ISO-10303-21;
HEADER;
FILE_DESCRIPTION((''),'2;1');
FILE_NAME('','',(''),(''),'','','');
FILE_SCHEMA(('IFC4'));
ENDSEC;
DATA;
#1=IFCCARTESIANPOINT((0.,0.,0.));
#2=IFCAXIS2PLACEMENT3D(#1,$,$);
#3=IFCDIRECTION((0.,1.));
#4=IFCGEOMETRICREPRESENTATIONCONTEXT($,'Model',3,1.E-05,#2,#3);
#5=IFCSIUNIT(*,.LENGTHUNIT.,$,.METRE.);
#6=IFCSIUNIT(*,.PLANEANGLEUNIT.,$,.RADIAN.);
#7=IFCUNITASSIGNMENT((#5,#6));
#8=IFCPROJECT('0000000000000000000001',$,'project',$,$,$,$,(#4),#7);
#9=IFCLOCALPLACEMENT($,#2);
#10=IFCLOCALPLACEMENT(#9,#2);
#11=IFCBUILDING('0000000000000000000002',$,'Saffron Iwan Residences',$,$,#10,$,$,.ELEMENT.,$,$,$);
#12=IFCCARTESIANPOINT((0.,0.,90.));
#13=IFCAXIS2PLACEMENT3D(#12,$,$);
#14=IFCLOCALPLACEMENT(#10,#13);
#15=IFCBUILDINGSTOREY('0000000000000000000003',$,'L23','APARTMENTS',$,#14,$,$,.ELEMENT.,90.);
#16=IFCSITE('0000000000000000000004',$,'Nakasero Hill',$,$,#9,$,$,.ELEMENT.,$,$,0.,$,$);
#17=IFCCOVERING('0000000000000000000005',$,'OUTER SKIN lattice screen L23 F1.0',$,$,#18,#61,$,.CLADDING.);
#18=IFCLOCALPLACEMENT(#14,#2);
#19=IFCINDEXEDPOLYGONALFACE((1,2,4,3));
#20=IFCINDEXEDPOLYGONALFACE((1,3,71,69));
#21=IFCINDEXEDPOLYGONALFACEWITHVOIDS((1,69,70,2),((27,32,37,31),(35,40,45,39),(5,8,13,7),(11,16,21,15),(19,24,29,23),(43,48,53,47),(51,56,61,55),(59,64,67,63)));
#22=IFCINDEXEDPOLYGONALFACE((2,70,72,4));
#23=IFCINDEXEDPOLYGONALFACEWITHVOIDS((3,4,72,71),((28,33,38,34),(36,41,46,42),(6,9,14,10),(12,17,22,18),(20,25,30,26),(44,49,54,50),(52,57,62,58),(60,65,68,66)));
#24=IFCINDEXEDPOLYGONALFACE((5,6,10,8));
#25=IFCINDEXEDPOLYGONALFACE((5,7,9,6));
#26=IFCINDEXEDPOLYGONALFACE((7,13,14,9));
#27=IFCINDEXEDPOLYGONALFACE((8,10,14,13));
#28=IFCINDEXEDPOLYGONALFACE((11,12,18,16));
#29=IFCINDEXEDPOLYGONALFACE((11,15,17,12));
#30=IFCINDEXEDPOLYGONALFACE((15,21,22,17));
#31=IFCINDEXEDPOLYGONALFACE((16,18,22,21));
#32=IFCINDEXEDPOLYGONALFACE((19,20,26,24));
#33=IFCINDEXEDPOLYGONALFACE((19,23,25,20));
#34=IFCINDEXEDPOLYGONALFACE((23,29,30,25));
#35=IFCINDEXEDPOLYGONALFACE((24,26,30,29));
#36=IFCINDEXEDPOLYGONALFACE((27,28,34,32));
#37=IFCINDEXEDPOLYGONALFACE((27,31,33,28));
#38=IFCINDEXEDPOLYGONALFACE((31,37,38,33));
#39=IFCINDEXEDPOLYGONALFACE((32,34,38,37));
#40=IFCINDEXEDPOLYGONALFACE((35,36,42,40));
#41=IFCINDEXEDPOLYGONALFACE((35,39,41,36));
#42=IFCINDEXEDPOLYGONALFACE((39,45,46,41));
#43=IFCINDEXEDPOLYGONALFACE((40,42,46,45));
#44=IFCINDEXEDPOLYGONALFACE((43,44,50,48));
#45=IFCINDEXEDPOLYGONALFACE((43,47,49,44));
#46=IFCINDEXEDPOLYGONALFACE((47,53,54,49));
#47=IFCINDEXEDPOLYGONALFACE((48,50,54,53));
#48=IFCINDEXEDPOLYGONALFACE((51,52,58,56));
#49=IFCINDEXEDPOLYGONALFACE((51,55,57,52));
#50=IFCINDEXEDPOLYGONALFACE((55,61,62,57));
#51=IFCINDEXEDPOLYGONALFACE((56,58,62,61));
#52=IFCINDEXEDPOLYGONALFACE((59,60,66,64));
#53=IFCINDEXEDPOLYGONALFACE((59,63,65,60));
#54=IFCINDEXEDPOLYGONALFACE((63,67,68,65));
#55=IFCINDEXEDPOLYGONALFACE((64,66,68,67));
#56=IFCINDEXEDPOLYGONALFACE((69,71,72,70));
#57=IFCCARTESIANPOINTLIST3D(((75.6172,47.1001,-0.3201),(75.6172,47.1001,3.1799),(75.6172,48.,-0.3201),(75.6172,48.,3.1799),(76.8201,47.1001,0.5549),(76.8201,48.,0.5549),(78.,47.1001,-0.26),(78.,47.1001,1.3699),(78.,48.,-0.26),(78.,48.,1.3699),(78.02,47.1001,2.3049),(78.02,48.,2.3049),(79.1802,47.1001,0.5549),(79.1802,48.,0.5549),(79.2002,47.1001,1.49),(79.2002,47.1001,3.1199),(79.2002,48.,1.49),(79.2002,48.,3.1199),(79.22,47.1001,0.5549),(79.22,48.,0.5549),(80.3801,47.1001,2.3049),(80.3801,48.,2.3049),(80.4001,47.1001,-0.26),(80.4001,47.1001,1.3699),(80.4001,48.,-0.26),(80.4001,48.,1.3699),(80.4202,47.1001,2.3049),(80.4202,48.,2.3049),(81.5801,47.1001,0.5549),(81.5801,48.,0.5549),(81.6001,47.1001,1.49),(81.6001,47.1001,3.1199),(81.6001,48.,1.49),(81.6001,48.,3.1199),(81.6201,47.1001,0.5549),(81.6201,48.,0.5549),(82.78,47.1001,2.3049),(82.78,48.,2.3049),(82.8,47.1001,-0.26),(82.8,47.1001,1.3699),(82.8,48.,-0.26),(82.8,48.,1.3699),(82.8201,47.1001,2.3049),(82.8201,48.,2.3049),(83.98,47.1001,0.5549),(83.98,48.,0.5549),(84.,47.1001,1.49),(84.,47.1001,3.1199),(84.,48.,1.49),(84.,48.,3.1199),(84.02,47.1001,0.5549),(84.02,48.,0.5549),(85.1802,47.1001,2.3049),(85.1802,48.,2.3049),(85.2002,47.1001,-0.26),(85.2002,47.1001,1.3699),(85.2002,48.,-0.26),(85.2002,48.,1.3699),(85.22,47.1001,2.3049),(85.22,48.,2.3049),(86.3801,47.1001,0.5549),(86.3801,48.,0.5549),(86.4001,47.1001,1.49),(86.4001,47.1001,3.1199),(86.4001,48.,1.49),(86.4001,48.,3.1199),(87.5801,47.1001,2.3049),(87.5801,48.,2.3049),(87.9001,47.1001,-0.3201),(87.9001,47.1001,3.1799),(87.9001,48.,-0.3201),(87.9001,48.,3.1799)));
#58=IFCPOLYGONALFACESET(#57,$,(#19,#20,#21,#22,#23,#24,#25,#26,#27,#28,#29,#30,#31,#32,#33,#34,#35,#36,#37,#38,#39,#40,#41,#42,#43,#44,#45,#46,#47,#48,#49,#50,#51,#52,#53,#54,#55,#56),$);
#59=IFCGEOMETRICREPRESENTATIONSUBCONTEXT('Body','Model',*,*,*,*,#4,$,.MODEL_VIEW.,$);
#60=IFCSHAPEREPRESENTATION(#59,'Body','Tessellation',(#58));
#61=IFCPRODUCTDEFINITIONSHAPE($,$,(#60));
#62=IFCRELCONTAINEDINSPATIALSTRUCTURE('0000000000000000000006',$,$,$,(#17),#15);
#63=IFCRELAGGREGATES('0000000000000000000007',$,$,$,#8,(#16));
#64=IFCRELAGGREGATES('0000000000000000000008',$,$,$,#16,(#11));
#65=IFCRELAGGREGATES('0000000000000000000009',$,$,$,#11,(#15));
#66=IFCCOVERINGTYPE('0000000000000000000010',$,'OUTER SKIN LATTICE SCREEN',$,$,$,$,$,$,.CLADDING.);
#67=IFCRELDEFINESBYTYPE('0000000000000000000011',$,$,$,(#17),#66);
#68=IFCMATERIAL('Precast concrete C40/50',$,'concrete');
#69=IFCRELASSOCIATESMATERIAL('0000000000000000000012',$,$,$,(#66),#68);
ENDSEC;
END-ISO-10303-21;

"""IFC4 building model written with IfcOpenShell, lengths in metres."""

from ifc_helpers import new_model, si_unit, direction, frame, origin, place, context, subcontext, project, spatial, polyline, outline, extrude, material, type_object, element, save


model = new_model("IFC4")

# Units and contexts
model_context = context("Model", 3, precision=1e-05, world=origin(), true_north=direction((0.0, 1.0)))
body_context = subcontext(model_context, "Body", "Model", "MODEL_VIEW")
ifc_project = project(units=[si_unit("LENGTHUNIT", "METRE"), si_unit("PLANEANGLEUNIT", "RADIAN")], contexts=[model_context])

# Site, building, storey
site_placement = place(None, origin())
site = spatial("IfcSite", under=ifc_project, at=site_placement, Name="Nakasero Hill", CompositionType="ELEMENT", RefElevation=0.0)
building_placement = place(site_placement, origin())
building = spatial("IfcBuilding", under=site, at=building_placement, Name="Saffron Iwan Residences", CompositionType="ELEMENT")
storey_placement = place(building_placement, frame((0.0, 0.0, 90.0)))
storey = spatial("IfcBuildingStorey", under=building, at=storey_placement, Name="L23", Description="APARTMENTS", CompositionType="ELEMENT", Elevation=90.0)

# Covering
ifc_material_1 = material(Name="Precast concrete C40/50", Category="concrete")
covering_type = type_object("IfcCoveringType", Name="OUTER SKIN LATTICE SCREEN", PredefinedType="CLADDING", material=ifc_material_1)
covering_placement = place(storey_placement, frame((75.6172, 48.0, -0.3201), z_axis=(0.0, -1.0, 0.0), x_axis=(1.0, 0.0, 0.0)))
element("IfcCovering", 1, at=covering_placement, inside=storey, type_object=covering_type, Name="OUTER SKIN lattice screen L23 F1.0", PredefinedType="CLADDING", context=body_context, shape_type="SweptSolid", body=[
    extrude(outline(polyline([(0.0, 0.0), (12.283, 0.0), (12.283, 3.5), (0.0, 3.5), (0.0, 0.0)]), holes=[polyline([(1.2029, 0.875), (2.3828, 0.0601), (3.563, 0.875), (2.3828, 1.6899), (1.2029, 0.875)]), polyline([(3.6028, 0.875), (4.783, 0.0601), (5.9629, 0.875), (4.783, 1.6899), (3.6028, 0.875)]), polyline([(6.0029, 0.875), (7.1829, 0.0601), (8.3628, 0.875), (7.1829, 1.6899), (6.0029, 0.875)]), polyline([(8.4028, 0.875), (9.583, 0.0601), (10.7629, 0.875), (9.583, 1.6899), (8.4028, 0.875)]), polyline([(2.4028, 2.625), (3.583, 1.8101), (4.7629, 2.625), (3.583, 3.4399), (2.4028, 2.625)]), polyline([(4.803, 2.625), (5.9829, 1.8101), (7.1628, 2.625), (5.9829, 3.4399), (4.803, 2.625)]), polyline([(7.2029, 2.625), (8.3828, 1.8101), (9.563, 2.625), (8.3828, 3.4399), (7.2029, 2.625)]), polyline([(9.6028, 2.625), (10.783, 1.8101), (11.9629, 2.625), (10.783, 3.4399), (9.6028, 2.625)])]), origin(), (0.0, 0.0, 1.0), 0.8999),
])

save(model, "model.ifc")
